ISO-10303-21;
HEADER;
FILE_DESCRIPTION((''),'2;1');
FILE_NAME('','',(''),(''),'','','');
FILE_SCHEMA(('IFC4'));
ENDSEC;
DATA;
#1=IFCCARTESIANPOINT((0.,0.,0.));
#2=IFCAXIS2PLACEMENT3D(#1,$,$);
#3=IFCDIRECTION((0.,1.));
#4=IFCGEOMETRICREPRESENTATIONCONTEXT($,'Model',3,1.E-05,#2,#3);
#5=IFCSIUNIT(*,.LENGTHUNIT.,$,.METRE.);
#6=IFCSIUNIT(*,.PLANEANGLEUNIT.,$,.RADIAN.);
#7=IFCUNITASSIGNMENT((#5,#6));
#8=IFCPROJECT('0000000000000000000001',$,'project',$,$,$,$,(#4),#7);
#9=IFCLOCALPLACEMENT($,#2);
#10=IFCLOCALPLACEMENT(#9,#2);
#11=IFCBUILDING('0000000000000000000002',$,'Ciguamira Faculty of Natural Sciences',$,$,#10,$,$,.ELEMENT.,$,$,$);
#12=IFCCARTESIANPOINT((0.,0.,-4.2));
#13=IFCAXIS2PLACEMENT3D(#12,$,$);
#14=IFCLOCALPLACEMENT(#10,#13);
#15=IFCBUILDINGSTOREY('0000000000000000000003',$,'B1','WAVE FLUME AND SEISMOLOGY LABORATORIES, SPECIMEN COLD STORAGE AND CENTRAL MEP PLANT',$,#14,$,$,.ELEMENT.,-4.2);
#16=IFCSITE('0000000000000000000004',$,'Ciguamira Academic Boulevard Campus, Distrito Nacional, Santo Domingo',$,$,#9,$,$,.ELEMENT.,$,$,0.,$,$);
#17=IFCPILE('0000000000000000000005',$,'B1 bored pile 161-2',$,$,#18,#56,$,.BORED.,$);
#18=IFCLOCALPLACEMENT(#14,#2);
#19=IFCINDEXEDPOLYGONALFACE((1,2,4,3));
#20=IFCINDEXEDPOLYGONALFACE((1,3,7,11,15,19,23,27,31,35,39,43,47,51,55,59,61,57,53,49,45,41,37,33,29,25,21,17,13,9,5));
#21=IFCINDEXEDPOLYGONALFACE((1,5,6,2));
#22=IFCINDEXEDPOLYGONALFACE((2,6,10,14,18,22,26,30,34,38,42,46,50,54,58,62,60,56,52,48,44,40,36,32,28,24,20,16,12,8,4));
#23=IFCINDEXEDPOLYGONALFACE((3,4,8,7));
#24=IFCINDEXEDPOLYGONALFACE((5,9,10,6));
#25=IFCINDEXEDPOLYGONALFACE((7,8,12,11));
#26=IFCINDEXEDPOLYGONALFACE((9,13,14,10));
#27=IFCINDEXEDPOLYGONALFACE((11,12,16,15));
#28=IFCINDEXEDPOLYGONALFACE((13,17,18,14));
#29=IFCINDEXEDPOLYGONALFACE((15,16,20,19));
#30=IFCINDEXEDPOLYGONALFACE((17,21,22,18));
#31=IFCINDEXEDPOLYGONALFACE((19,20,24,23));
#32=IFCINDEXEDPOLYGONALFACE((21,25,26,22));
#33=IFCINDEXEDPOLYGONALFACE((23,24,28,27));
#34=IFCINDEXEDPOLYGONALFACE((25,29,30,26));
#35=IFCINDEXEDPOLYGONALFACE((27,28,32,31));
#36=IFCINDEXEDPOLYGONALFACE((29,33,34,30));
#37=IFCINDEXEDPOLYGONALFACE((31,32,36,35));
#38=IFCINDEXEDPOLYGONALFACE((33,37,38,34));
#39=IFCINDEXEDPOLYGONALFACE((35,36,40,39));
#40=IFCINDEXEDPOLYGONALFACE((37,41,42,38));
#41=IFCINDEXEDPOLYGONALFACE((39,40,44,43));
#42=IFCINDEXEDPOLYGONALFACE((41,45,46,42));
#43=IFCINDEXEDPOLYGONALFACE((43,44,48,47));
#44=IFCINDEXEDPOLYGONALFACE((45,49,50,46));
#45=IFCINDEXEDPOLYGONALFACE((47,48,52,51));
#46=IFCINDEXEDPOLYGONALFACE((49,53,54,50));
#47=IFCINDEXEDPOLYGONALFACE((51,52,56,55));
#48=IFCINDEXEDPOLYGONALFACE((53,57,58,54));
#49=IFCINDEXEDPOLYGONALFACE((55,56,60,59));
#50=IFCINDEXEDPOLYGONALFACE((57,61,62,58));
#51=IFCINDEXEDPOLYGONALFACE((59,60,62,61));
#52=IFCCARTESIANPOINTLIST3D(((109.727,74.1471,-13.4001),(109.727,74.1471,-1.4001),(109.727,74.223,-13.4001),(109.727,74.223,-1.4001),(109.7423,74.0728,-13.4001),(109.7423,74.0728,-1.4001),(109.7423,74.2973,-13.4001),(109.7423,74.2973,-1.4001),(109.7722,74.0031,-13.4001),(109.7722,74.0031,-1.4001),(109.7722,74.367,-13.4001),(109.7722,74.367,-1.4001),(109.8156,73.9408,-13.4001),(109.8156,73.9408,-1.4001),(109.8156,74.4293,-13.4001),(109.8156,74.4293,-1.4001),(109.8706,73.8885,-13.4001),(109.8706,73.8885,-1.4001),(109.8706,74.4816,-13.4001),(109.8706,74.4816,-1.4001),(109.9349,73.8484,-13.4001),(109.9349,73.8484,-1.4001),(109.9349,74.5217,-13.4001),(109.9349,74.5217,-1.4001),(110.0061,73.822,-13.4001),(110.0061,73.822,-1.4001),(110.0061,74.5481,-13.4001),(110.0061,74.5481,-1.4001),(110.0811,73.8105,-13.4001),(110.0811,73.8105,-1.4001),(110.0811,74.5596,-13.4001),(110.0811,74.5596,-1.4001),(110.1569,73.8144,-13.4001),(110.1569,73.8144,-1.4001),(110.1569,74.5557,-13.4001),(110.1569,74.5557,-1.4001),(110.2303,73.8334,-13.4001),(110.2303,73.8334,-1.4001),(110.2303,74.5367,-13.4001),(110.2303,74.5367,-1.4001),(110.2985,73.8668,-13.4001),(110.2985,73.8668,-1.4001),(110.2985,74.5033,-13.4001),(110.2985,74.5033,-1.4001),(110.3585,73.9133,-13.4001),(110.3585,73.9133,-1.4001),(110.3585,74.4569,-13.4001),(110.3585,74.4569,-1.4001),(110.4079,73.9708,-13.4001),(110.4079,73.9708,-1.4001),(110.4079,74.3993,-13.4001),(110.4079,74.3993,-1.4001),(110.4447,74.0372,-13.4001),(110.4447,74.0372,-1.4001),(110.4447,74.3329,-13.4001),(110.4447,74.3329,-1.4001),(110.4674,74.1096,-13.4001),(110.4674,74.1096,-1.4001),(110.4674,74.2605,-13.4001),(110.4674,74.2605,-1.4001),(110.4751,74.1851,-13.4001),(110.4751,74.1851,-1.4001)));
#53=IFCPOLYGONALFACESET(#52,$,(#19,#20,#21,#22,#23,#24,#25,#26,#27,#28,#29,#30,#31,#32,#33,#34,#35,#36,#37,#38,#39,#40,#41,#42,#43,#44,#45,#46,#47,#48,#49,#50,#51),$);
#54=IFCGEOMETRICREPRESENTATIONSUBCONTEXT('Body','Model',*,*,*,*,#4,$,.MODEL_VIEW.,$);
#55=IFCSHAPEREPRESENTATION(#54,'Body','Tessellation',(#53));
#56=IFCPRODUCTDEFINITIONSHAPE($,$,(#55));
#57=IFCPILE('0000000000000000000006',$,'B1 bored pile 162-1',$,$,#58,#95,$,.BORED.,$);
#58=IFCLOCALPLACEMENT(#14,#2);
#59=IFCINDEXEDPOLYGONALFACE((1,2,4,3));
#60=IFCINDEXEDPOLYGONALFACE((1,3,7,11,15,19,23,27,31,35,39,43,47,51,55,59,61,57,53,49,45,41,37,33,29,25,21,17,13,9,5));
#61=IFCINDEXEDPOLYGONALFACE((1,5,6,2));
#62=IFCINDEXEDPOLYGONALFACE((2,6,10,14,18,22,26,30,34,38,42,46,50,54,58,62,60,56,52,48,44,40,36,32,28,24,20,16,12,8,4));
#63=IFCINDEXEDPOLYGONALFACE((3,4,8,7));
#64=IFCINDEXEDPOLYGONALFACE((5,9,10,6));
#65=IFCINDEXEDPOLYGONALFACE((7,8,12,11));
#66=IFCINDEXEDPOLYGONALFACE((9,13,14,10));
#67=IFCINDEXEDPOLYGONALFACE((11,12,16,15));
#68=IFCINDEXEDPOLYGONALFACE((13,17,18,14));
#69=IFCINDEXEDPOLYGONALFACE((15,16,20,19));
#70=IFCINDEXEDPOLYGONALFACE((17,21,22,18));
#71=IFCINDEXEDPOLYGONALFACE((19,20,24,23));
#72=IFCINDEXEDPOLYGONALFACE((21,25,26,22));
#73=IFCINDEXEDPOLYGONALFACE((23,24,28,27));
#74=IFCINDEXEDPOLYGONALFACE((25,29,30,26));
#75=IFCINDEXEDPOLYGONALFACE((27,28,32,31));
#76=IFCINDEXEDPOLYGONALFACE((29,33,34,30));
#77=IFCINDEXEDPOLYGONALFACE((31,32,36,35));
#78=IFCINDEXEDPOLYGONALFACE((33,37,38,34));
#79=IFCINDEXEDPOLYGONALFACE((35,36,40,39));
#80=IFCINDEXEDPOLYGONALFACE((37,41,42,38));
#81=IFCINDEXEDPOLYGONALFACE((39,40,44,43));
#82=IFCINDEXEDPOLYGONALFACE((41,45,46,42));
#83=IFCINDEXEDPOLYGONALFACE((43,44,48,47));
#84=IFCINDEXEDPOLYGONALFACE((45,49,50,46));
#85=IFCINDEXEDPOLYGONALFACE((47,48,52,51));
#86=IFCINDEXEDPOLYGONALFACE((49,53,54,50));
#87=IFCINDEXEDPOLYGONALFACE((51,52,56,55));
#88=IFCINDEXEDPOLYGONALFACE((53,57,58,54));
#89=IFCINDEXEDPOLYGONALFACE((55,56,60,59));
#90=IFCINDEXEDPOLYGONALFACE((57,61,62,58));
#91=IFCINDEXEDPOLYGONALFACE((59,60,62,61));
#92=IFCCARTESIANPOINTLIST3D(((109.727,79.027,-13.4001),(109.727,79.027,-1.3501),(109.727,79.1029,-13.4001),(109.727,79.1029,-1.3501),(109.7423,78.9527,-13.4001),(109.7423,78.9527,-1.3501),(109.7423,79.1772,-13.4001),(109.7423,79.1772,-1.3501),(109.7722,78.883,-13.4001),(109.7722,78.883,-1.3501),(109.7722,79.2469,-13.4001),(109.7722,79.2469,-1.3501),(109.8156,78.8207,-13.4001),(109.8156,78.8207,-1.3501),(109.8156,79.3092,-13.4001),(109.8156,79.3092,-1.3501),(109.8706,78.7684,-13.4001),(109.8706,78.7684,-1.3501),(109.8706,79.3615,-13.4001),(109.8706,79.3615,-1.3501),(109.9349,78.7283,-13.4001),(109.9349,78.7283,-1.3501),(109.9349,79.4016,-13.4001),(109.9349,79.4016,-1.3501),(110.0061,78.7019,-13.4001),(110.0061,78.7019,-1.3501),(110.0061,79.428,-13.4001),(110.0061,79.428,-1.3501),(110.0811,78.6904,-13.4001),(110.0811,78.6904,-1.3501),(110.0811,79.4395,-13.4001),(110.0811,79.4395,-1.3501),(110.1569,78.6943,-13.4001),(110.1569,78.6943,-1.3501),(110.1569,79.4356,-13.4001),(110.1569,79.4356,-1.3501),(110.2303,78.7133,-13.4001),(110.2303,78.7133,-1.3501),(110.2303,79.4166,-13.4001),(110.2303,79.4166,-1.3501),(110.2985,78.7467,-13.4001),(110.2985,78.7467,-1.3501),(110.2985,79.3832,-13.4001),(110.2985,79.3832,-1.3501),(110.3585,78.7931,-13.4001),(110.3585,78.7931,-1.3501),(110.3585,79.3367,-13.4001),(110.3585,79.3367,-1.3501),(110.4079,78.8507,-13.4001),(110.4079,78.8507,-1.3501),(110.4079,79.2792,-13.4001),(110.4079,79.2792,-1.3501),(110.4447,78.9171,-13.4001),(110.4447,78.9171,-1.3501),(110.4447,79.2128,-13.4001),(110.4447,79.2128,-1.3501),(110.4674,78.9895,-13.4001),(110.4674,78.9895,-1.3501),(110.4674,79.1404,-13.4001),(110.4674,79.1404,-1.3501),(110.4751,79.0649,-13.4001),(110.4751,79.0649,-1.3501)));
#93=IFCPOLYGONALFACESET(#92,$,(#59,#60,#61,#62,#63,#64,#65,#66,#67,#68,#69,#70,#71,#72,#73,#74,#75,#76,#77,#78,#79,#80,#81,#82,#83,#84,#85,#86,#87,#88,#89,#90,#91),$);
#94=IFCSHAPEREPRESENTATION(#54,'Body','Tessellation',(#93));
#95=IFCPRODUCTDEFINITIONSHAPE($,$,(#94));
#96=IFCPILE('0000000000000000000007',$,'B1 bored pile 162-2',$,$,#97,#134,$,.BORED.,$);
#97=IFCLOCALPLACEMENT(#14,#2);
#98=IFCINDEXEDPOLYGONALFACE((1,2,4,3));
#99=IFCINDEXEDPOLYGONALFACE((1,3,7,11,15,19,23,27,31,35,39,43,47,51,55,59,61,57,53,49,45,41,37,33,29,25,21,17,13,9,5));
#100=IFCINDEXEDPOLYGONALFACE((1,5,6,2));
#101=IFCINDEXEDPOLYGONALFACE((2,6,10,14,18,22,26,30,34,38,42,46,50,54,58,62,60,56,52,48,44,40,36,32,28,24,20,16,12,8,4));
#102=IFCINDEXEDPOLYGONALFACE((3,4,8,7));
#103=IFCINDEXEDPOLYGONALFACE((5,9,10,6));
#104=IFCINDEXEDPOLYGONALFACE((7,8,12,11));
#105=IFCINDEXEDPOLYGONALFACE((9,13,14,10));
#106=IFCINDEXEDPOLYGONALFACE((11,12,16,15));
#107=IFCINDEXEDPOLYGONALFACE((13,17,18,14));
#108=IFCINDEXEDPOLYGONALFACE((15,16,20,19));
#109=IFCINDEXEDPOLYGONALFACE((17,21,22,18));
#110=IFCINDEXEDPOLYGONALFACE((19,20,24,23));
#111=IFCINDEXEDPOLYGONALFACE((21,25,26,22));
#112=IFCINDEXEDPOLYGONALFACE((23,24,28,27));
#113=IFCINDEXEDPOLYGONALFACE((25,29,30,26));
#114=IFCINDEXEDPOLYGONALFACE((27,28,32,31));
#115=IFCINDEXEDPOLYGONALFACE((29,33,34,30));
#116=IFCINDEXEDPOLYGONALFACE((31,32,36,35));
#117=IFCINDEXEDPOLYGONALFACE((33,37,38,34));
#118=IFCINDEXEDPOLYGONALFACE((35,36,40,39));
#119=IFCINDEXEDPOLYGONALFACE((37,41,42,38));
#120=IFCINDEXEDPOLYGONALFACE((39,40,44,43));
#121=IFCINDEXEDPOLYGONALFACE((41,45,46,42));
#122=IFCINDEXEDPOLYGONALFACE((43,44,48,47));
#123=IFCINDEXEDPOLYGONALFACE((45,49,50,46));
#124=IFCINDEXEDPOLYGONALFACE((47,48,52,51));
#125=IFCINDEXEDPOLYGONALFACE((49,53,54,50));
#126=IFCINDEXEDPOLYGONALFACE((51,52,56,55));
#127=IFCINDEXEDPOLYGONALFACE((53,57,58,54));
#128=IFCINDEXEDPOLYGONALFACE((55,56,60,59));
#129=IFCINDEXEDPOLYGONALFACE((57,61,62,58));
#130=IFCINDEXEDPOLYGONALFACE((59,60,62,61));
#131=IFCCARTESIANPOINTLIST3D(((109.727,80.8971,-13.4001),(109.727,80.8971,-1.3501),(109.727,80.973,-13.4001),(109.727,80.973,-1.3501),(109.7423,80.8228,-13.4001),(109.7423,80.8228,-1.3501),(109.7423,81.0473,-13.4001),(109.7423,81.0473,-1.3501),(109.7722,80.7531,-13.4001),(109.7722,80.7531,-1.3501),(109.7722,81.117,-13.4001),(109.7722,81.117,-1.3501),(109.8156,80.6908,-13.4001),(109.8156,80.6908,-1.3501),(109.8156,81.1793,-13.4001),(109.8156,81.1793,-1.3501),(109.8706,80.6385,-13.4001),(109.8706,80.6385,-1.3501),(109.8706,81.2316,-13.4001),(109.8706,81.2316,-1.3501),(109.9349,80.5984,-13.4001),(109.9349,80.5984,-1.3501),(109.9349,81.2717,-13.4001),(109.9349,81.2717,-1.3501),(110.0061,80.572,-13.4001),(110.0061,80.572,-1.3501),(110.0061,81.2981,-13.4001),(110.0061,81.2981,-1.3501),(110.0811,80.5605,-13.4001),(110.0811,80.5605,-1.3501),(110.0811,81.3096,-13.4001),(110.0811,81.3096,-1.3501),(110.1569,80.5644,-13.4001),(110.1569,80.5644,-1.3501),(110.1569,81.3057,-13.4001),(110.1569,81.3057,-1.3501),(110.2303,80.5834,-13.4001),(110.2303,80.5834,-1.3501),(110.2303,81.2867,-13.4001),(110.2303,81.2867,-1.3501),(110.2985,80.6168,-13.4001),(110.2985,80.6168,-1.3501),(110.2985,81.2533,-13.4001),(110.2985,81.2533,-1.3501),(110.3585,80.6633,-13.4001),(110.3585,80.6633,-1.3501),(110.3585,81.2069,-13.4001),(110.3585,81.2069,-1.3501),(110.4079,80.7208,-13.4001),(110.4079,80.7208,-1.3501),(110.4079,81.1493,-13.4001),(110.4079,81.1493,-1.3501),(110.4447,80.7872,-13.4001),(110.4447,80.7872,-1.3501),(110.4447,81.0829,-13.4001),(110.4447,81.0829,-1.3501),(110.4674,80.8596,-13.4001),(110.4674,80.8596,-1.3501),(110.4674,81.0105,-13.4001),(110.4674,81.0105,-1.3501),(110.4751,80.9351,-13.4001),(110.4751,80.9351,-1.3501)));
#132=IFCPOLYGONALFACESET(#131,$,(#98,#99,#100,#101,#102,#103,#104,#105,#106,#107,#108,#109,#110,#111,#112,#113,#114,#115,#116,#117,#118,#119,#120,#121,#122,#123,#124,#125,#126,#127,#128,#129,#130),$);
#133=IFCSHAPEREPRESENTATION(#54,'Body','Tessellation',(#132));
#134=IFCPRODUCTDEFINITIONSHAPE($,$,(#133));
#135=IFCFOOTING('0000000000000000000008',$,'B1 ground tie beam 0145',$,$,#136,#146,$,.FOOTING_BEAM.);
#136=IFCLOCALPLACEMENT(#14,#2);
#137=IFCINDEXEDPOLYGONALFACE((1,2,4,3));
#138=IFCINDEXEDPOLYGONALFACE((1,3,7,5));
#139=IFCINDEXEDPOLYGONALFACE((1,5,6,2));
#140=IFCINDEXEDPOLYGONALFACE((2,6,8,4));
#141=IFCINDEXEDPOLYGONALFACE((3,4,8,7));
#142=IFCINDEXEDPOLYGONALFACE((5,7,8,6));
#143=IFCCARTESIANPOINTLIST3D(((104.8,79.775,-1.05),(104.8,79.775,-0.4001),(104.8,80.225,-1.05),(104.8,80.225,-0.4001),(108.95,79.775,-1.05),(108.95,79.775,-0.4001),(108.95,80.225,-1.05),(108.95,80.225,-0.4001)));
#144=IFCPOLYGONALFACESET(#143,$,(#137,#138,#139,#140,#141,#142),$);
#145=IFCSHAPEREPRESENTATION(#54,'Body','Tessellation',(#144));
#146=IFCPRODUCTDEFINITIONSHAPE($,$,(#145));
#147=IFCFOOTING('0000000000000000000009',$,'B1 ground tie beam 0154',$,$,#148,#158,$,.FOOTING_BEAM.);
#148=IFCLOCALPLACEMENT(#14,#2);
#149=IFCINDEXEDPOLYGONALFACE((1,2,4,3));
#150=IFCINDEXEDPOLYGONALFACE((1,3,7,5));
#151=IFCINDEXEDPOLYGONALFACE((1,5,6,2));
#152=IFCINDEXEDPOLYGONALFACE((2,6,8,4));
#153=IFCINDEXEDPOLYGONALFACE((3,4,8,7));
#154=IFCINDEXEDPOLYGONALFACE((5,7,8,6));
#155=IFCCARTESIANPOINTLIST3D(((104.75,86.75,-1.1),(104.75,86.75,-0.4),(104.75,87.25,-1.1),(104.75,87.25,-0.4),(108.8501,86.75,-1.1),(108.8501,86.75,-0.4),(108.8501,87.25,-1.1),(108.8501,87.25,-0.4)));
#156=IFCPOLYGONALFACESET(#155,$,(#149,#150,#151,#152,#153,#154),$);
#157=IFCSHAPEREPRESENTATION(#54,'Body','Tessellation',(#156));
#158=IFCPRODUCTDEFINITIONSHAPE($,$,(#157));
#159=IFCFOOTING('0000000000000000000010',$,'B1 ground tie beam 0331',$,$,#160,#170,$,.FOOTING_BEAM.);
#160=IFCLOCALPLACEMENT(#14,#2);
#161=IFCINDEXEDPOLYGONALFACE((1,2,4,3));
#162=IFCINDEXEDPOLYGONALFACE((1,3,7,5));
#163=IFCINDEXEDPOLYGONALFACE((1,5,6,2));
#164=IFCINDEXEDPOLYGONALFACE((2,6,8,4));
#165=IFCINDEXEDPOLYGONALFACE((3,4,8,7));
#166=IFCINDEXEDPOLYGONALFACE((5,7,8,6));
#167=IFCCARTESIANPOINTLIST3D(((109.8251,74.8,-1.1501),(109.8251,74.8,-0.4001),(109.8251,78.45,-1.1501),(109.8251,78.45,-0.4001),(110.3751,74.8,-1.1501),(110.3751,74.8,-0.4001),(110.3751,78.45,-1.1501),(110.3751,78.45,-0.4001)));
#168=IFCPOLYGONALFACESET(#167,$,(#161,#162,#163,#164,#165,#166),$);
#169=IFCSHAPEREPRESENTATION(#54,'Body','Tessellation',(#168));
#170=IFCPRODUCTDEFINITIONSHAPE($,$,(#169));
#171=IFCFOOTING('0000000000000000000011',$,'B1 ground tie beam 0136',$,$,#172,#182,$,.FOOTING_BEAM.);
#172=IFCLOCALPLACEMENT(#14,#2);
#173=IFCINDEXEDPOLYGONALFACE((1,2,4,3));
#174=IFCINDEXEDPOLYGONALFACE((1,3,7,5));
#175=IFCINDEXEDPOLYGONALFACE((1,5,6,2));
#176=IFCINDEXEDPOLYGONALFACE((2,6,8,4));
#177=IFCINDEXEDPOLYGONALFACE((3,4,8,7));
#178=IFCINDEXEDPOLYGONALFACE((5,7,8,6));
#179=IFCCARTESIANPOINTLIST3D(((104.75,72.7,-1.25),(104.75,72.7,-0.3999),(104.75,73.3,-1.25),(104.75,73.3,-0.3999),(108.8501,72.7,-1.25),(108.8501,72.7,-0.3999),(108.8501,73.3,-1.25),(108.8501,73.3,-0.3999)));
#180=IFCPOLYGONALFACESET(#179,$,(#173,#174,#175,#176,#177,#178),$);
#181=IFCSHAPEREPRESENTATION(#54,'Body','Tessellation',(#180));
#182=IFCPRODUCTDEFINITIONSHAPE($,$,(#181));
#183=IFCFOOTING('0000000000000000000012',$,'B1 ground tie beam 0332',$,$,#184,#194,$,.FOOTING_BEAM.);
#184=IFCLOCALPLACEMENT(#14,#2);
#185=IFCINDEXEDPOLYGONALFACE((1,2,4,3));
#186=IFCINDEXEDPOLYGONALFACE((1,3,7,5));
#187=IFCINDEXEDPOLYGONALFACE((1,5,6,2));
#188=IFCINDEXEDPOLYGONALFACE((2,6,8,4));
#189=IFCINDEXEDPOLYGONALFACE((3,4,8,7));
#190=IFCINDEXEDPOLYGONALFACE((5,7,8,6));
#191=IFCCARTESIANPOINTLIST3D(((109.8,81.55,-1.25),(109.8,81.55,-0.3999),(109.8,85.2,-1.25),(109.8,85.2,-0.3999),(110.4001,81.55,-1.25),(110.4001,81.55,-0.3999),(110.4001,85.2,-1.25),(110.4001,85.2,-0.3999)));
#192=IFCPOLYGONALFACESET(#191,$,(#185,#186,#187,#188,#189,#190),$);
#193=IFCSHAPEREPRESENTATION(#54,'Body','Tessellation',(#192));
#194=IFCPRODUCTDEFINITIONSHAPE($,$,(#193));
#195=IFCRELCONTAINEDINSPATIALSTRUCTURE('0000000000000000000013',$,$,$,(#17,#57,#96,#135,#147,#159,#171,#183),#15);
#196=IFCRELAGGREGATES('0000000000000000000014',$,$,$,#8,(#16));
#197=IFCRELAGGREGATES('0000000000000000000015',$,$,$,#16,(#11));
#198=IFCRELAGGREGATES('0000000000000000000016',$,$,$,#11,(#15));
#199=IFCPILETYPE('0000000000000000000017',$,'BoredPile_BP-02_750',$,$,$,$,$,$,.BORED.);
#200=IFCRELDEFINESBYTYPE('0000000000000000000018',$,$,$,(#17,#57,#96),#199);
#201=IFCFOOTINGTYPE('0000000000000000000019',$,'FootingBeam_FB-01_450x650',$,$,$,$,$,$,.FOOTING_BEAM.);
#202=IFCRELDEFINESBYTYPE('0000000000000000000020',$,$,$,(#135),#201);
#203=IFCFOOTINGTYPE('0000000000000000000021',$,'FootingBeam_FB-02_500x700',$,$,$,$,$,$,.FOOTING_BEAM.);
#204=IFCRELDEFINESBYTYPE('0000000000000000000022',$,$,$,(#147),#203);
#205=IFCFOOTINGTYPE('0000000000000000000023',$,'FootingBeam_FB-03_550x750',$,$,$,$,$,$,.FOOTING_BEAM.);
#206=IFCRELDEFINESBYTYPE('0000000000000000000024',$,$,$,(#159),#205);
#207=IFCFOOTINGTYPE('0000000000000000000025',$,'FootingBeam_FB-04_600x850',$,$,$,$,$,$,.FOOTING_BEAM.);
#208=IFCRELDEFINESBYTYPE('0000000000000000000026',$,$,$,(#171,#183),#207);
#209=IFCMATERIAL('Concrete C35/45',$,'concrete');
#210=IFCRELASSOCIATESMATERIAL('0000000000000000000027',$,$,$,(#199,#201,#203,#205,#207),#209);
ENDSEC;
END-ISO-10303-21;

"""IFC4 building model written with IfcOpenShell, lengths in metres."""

from ifc_helpers import new_model, si_unit, direction, frame, origin, origin_2d, place, context, subcontext, project, spatial, rectangle, circle, extrude, material, material_profile, profile_set, type_object, element, save


model = new_model("IFC4")

# Units and contexts
model_context = context("Model", 3, precision=1e-05, world=origin(), true_north=direction((0.0, 1.0)))
body_context = subcontext(model_context, "Body", "Model", "MODEL_VIEW")
ifc_project = project(units=[si_unit("LENGTHUNIT", "METRE"), si_unit("PLANEANGLEUNIT", "RADIAN")], contexts=[model_context])

# Site, building, storey
site_placement = place(None, origin())
site = spatial("IfcSite", under=ifc_project, at=site_placement, Name="Ciguamira Academic Boulevard Campus, Distrito Nacional, Santo Domingo", CompositionType="ELEMENT", RefElevation=0.0)
building_placement = place(site_placement, origin())
building = spatial("IfcBuilding", under=site, at=building_placement, Name="Ciguamira Faculty of Natural Sciences", CompositionType="ELEMENT")
storey_placement = place(building_placement, frame((0.0, 0.0, -4.2)))
storey = spatial("IfcBuildingStorey", under=building, at=storey_placement, Name="B1", Description="WAVE FLUME AND SEISMOLOGY LABORATORIES, SPECIMEN COLD STORAGE AND CENTRAL MEP PLANT", CompositionType="ELEMENT", Elevation=-4.2)

# Piles
ifc_material_1 = material(Name="Concrete C35/45", Category="concrete")
ifc_material_profile_1 = material_profile(ifc_material_1, circle(Radius=0.375, at=origin_2d()), Name="PILE-BORED-750")
ifc_profile_set_1 = profile_set([ifc_material_profile_1], Name="Concrete C35/45")
pile_type = type_object("IfcPileType", Name="BoredPile_BP-02_750", PredefinedType="BORED", material=ifc_profile_set_1)
pile_placement = place(storey_placement, frame((110.1001, 74.1851, -1.4001), z_axis=(0.0, 0.0, -1.0), x_axis=(1.0, 0.0, 0.0)))
element("IfcPile", 1, at=pile_placement, inside=storey, type_object=pile_type, Name="B1 bored pile 161-2", PredefinedType="BORED", context=body_context, shape_type="SweptSolid", body=[
    extrude(circle(Radius=0.375, at=origin_2d()), origin(), (0.0, 0.0, 1.0), 12.0),
])
for number, where, z_axis, x_axis, name in (
    (2, (110.1001, 79.0649, -1.3501), (0.0, 0.0, -1.0), (1.0, 0.0, 0.0), "B1 bored pile 162-1"),
    (3, (110.1001, 80.9351, -1.3501), (0.0, 0.0, -1.0), (1.0, 0.0, 0.0), "B1 bored pile 162-2"),
):
    element("IfcPile", number, at=place(storey_placement, frame(where, z_axis=z_axis, x_axis=x_axis)), inside=storey, type_object=pile_type, Name=name, PredefinedType="BORED", context=body_context, shape_type="SweptSolid", body=[
        extrude(circle(Radius=0.375, at=origin_2d()), origin(), (0.0, 0.0, 1.0), 12.05),
    ])

# Footings
ifc_material_profile_2 = material_profile(ifc_material_1, rectangle(XDim=0.45, YDim=0.6499, at=origin_2d()), Name="RC-FB-450X650")
ifc_profile_set_2 = profile_set([ifc_material_profile_2], Name="Concrete C35/45")
footing_type_1 = type_object("IfcFootingType", Name="FootingBeam_FB-01_450x650", PredefinedType="FOOTING_BEAM", material=ifc_profile_set_2)
footing_1_placement = place(storey_placement, frame((104.8, 80.0, -0.7251), z_axis=(1.0, 0.0, 0.0), x_axis=(0.0, 1.0, 0.0)))
element("IfcFooting", 4, at=footing_1_placement, inside=storey, type_object=footing_type_1, Name="B1 ground tie beam 0145", PredefinedType="FOOTING_BEAM", context=body_context, shape_type="SweptSolid", body=[
    extrude(rectangle(XDim=0.45, YDim=0.6499, at=origin_2d()), origin(), (0.0, 0.0, 1.0), 4.1499),
])
ifc_material_profile_3 = material_profile(ifc_material_1, rectangle(XDim=0.5, YDim=0.7, at=origin_2d()), Name="RC-FB-500X700")
ifc_profile_set_3 = profile_set([ifc_material_profile_3], Name="Concrete C35/45")
footing_type_2 = type_object("IfcFootingType", Name="FootingBeam_FB-02_500x700", PredefinedType="FOOTING_BEAM", material=ifc_profile_set_3)
footing_2_placement = place(storey_placement, frame((104.75, 87.0, -0.75), z_axis=(1.0, 0.0, 0.0), x_axis=(0.0, 1.0, 0.0)))
element("IfcFooting", 5, at=footing_2_placement, inside=storey, type_object=footing_type_2, Name="B1 ground tie beam 0154", PredefinedType="FOOTING_BEAM", context=body_context, shape_type="SweptSolid", body=[
    extrude(rectangle(XDim=0.5, YDim=0.7, at=origin_2d()), origin(), (0.0, 0.0, 1.0), 4.1001),
])
ifc_material_profile_4 = material_profile(ifc_material_1, rectangle(XDim=0.55, YDim=0.75, at=origin_2d()), Name="RC-FB-550X750")
ifc_profile_set_4 = profile_set([ifc_material_profile_4], Name="Concrete C35/45")
footing_type_3 = type_object("IfcFootingType", Name="FootingBeam_FB-03_550x750", PredefinedType="FOOTING_BEAM", material=ifc_profile_set_4)
footing_3_placement = place(storey_placement, frame((110.1001, 74.8, -0.7751), z_axis=(0.0, 1.0, 0.0), x_axis=(-1.0, 0.0, 0.0)))
element("IfcFooting", 6, at=footing_3_placement, inside=storey, type_object=footing_type_3, Name="B1 ground tie beam 0331", PredefinedType="FOOTING_BEAM", context=body_context, shape_type="SweptSolid", body=[
    extrude(rectangle(XDim=0.55, YDim=0.75, at=origin_2d()), origin(), (0.0, 0.0, 1.0), 3.6499),
])
ifc_material_profile_5 = material_profile(ifc_material_1, rectangle(XDim=0.6001, YDim=0.8501, at=origin_2d()), Name="RC-FB-600X850")
ifc_profile_set_5 = profile_set([ifc_material_profile_5], Name="Concrete C35/45")
footing_type_4 = type_object("IfcFootingType", Name="FootingBeam_FB-04_600x850", PredefinedType="FOOTING_BEAM", material=ifc_profile_set_5)
footing_4_placement = place(storey_placement, frame((104.75, 73.0, -0.825), z_axis=(1.0, 0.0, 0.0), x_axis=(0.0, 1.0, 0.0)))
element("IfcFooting", 7, at=footing_4_placement, inside=storey, type_object=footing_type_4, Name="B1 ground tie beam 0136", PredefinedType="FOOTING_BEAM", context=body_context, shape_type="SweptSolid", body=[
    extrude(rectangle(XDim=0.6001, YDim=0.8501, at=origin_2d()), origin(), (0.0, 0.0, 1.0), 4.1001),
])
footing_5_placement = place(storey_placement, frame((110.1001, 81.55, -0.825), z_axis=(0.0, 1.0, 0.0), x_axis=(-1.0, 0.0, 0.0)))
element("IfcFooting", 8, at=footing_5_placement, inside=storey, type_object=footing_type_4, Name="B1 ground tie beam 0332", PredefinedType="FOOTING_BEAM", context=body_context, shape_type="SweptSolid", body=[
    extrude(rectangle(XDim=0.6001, YDim=0.8501, at=origin_2d()), origin(), (0.0, 0.0, 1.0), 3.6499),
])

save(model, "model.ifc")
